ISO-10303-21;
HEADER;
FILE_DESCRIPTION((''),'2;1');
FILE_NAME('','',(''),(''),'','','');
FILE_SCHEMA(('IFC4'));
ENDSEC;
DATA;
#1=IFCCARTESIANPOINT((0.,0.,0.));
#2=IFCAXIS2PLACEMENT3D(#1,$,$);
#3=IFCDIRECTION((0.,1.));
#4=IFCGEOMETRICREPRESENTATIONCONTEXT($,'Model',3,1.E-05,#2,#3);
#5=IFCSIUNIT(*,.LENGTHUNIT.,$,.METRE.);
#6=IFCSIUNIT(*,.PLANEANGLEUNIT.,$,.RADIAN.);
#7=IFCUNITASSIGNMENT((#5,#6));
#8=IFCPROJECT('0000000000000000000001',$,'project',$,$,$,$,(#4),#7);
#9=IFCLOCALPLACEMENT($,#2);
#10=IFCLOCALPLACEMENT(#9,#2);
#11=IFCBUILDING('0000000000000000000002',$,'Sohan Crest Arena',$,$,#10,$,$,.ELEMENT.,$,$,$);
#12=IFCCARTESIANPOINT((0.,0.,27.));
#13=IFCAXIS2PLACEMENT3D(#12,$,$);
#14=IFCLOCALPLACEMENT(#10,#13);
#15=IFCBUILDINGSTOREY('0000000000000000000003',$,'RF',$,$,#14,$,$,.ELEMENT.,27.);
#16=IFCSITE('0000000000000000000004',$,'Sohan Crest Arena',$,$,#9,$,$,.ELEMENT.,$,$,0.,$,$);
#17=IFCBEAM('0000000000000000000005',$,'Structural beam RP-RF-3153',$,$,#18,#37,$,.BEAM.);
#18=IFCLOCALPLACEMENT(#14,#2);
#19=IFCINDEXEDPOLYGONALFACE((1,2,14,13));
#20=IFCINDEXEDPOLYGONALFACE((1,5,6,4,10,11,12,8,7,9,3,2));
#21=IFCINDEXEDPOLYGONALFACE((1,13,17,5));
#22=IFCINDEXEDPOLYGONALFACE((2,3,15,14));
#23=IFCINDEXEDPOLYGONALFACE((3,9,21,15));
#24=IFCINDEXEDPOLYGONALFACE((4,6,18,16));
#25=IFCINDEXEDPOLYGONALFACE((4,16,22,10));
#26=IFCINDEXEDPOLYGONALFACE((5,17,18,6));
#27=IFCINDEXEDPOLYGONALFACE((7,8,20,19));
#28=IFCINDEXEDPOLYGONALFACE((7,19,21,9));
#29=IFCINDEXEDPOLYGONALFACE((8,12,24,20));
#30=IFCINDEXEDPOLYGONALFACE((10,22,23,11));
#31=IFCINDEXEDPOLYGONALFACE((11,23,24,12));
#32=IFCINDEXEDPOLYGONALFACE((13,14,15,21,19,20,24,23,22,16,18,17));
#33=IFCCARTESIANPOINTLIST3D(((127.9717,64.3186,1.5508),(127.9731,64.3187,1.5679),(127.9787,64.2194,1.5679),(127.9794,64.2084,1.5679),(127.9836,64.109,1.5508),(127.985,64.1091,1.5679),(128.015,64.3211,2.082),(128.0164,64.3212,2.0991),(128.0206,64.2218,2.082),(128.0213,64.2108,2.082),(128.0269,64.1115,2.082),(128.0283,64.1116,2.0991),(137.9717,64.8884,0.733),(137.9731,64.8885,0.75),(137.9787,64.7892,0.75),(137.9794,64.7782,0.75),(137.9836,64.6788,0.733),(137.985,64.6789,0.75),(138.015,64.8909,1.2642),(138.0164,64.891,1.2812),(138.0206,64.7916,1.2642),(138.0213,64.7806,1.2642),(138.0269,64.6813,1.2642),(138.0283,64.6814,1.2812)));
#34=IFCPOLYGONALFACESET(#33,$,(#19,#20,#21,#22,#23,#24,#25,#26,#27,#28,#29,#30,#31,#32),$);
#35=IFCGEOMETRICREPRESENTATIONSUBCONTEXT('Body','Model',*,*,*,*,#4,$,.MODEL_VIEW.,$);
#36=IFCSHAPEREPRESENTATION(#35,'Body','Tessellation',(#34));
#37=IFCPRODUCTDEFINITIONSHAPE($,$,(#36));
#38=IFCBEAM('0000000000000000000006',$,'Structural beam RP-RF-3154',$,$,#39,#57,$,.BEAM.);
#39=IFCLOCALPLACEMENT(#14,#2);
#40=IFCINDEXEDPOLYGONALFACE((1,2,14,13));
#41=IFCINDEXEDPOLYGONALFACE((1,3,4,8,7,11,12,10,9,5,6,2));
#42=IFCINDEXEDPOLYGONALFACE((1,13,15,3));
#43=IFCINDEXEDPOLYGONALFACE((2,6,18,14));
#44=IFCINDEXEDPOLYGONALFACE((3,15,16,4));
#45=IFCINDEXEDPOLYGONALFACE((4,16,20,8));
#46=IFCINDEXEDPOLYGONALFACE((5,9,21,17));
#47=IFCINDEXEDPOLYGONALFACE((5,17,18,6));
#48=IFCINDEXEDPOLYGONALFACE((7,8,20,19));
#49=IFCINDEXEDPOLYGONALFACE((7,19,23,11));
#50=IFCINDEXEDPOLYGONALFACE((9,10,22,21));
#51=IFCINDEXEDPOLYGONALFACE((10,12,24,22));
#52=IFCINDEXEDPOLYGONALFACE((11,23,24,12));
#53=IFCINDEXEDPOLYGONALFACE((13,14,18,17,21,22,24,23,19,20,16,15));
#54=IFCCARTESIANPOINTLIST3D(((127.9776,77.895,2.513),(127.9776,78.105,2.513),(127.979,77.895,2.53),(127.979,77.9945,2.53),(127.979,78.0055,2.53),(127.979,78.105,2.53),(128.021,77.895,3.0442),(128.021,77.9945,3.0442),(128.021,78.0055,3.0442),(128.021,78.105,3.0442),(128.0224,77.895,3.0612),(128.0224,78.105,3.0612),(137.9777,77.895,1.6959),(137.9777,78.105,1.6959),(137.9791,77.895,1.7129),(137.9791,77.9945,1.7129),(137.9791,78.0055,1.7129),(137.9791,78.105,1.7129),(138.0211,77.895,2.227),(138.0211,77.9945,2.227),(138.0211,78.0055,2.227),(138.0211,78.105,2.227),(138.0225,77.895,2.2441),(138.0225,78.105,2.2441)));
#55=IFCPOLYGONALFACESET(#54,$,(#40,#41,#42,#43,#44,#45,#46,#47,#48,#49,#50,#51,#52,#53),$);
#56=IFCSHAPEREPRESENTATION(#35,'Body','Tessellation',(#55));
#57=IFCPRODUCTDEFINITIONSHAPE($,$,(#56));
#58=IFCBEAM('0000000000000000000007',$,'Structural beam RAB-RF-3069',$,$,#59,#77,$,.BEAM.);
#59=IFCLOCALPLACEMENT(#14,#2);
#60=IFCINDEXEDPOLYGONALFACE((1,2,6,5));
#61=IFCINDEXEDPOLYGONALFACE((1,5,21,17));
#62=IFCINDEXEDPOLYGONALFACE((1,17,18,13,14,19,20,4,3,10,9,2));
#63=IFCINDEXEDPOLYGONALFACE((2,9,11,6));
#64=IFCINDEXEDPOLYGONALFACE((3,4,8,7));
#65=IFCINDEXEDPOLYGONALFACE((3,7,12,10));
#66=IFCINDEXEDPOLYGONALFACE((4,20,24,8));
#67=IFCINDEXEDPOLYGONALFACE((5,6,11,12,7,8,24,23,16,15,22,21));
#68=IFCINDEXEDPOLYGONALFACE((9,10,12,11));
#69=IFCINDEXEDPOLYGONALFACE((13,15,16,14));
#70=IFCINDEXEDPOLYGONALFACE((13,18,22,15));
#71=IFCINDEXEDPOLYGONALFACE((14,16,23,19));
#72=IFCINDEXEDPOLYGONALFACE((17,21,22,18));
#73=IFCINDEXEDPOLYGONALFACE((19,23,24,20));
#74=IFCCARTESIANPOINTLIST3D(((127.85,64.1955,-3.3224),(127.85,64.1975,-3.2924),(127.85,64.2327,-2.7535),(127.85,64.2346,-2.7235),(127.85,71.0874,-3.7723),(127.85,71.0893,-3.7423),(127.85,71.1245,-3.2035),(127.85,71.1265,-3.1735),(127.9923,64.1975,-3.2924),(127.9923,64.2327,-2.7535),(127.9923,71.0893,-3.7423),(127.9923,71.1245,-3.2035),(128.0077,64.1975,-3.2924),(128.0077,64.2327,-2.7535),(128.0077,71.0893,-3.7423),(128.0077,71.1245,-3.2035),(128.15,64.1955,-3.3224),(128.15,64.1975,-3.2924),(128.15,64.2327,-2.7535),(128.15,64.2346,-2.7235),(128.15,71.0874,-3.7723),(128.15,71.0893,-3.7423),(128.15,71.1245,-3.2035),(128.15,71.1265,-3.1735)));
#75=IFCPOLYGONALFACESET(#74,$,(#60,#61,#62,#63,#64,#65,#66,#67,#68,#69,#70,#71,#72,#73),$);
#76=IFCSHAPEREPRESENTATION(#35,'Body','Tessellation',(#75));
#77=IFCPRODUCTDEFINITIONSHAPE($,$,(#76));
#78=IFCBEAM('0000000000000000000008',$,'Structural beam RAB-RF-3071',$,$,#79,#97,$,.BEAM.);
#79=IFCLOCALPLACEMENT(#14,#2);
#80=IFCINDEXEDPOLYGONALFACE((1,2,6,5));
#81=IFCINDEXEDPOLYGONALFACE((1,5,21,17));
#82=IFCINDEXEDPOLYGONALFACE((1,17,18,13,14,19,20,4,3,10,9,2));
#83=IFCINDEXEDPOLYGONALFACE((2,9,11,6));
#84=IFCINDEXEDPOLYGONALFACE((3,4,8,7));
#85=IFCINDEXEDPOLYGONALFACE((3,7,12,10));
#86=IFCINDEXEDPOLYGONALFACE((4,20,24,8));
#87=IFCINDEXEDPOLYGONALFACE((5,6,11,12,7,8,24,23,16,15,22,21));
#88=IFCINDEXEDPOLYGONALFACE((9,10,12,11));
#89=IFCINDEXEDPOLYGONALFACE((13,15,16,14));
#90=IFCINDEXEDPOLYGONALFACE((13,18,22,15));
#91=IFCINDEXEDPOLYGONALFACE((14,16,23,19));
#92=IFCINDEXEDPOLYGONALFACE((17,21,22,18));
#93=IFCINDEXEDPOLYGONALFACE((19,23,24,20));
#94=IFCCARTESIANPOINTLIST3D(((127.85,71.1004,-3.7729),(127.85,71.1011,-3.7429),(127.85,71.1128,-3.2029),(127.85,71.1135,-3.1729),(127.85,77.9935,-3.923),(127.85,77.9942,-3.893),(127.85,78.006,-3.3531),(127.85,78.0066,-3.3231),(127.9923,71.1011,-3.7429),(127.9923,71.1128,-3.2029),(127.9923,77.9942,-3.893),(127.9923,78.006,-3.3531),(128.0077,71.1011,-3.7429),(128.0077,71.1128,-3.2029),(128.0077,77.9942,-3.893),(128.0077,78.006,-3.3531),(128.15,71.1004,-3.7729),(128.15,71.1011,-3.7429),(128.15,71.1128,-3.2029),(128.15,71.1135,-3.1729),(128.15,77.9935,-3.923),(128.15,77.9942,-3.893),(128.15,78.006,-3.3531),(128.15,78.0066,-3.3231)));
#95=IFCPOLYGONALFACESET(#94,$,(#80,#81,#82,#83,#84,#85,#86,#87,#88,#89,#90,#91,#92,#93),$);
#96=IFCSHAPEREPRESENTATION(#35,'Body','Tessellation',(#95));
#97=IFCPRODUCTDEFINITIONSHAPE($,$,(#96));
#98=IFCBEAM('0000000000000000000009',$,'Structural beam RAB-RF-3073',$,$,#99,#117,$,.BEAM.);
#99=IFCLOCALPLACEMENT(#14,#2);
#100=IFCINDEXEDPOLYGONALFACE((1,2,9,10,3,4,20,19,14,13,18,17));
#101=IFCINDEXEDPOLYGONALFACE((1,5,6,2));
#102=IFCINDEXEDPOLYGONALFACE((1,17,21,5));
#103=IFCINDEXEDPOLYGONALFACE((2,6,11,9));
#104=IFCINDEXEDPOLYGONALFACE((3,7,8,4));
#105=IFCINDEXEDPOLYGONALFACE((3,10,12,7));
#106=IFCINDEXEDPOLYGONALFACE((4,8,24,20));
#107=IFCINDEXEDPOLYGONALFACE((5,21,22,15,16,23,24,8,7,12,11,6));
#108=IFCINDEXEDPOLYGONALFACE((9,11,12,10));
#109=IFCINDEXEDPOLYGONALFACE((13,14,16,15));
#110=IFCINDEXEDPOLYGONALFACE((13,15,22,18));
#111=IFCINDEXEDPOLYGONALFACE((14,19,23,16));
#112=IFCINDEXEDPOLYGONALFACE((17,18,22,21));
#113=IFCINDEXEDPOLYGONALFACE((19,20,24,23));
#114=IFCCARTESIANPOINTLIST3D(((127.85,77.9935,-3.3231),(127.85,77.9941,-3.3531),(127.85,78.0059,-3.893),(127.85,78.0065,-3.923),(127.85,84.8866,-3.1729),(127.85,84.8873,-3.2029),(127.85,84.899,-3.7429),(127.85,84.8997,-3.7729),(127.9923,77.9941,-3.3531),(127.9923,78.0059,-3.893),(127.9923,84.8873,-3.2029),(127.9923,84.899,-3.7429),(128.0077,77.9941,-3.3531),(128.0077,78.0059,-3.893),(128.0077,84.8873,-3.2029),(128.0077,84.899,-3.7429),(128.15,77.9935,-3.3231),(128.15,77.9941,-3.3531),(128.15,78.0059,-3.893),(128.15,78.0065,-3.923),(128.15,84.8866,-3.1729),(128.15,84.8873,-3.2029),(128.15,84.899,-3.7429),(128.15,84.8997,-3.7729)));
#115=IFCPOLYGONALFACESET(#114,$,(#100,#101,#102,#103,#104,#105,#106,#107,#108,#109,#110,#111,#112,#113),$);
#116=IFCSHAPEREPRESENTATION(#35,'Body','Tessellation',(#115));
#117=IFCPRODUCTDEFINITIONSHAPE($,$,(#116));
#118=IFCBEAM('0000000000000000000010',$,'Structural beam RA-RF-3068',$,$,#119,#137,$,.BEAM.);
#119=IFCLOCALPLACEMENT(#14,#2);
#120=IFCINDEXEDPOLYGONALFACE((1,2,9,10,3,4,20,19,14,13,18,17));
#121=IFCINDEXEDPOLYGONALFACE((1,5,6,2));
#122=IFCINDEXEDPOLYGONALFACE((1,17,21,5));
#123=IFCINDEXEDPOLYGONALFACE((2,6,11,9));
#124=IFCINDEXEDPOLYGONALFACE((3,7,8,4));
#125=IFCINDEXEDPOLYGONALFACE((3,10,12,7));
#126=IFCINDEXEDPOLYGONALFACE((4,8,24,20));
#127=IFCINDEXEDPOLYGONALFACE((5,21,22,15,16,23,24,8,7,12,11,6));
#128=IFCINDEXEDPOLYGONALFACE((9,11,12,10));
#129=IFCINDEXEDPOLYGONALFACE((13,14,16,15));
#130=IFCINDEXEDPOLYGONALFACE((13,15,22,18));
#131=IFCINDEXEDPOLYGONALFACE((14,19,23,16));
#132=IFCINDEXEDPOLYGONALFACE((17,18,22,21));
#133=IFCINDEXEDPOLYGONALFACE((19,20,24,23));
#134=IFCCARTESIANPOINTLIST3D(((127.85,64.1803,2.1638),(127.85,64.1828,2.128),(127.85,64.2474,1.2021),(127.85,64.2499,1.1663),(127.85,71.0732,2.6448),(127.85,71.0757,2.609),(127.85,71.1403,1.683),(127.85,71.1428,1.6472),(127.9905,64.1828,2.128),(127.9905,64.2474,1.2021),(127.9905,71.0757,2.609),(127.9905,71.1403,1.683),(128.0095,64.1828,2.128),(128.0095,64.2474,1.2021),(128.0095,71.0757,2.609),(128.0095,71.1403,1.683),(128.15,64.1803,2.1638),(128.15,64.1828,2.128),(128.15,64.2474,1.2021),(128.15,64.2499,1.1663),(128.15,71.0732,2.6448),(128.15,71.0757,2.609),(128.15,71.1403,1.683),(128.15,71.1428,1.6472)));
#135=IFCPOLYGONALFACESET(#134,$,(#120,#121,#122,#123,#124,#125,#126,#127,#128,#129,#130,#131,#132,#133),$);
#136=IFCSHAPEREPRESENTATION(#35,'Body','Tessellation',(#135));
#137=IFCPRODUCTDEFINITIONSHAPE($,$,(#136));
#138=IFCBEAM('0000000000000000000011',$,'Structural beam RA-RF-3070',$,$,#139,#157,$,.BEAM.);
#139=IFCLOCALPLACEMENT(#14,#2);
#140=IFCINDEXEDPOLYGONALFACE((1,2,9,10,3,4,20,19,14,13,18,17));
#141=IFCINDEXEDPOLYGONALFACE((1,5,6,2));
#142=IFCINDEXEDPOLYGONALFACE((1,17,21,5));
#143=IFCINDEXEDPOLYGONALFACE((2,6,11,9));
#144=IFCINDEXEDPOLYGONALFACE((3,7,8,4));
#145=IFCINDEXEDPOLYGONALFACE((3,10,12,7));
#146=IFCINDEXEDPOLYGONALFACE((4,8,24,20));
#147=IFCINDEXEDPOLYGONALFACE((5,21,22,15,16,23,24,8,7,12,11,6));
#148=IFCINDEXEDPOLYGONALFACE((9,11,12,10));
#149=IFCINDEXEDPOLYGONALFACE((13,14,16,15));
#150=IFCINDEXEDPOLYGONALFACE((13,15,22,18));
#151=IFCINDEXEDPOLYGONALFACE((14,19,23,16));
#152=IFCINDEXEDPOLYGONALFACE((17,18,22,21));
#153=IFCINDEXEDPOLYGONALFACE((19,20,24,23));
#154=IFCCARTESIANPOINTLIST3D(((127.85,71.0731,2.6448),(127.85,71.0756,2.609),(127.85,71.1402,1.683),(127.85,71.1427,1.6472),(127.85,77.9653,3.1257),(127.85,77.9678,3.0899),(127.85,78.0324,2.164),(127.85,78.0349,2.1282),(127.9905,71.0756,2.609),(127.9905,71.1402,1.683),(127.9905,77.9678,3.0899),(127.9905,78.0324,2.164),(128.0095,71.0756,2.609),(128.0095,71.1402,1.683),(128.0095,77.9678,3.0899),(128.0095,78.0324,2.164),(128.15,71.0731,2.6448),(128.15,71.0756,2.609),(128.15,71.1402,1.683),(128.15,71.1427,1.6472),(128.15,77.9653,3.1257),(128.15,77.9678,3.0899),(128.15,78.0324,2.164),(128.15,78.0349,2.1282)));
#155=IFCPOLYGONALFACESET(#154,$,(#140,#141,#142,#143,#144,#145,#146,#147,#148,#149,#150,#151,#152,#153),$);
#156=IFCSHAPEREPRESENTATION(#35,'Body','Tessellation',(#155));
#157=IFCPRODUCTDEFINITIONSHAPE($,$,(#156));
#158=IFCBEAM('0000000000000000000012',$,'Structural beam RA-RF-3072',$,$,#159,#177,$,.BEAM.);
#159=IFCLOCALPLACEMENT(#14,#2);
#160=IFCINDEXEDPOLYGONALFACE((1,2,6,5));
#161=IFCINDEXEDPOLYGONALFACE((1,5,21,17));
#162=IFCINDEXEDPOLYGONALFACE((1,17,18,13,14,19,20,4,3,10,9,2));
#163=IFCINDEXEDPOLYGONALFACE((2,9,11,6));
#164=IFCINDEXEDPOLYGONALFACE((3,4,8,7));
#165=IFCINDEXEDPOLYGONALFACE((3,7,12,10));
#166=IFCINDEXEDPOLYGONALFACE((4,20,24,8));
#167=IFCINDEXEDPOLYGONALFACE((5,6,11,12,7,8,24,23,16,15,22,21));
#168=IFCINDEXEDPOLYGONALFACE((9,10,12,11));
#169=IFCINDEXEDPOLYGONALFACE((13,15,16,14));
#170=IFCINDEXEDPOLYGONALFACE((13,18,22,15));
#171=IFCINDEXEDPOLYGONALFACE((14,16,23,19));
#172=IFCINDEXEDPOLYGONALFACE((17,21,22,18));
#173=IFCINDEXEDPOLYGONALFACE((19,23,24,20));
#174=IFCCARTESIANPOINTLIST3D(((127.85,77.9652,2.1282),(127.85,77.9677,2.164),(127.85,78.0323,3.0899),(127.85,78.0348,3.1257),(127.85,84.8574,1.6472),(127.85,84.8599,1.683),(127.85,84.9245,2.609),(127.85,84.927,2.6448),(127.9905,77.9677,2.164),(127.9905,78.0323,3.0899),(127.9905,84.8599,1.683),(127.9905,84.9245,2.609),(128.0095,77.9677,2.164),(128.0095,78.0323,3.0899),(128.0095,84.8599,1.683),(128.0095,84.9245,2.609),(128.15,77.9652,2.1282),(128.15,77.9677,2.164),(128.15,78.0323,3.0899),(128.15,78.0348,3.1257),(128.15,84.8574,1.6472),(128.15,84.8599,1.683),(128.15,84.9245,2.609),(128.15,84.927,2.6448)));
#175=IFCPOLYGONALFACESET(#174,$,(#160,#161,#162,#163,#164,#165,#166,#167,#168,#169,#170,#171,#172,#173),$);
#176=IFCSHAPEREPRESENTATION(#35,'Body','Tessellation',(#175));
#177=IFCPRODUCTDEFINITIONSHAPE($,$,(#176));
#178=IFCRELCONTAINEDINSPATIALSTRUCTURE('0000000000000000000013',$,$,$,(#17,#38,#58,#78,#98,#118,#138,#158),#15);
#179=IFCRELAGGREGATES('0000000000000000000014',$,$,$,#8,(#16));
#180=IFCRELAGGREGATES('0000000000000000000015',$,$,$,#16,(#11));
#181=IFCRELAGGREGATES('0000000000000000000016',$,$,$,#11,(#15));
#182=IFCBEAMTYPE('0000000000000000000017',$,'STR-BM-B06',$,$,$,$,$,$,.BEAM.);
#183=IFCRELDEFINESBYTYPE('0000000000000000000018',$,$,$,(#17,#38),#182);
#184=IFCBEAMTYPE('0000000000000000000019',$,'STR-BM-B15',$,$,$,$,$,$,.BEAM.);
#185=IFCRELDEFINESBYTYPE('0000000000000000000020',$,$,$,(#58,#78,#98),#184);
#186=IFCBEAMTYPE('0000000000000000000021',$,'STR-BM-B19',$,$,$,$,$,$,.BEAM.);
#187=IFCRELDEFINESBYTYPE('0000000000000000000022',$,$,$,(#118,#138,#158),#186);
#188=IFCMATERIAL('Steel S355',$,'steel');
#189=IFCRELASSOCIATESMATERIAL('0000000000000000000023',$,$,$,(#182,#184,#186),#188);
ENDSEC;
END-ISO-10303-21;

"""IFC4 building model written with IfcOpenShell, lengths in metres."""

from ifc_helpers import new_model, si_unit, direction, frame, origin, origin_2d, place, context, subcontext, project, spatial, i_section, extrude, material, material_profile, profile_set, type_object, element, save


model = new_model("IFC4")

# Units and contexts
model_context = context("Model", 3, precision=1e-05, world=origin(), true_north=direction((0.0, 1.0)))
body_context = subcontext(model_context, "Body", "Model", "MODEL_VIEW")
ifc_project = project(units=[si_unit("LENGTHUNIT", "METRE"), si_unit("PLANEANGLEUNIT", "RADIAN")], contexts=[model_context])

# Site, building, storey
site_placement = place(None, origin())
site = spatial("IfcSite", under=ifc_project, at=site_placement, Name="Sohan Crest Arena", CompositionType="ELEMENT", RefElevation=0.0)
building_placement = place(site_placement, origin())
building = spatial("IfcBuilding", under=site, at=building_placement, Name="Sohan Crest Arena", CompositionType="ELEMENT")
storey_placement = place(building_placement, frame((0.0, 0.0, 27.0)))
storey = spatial("IfcBuildingStorey", under=building, at=storey_placement, Name="RF", CompositionType="ELEMENT", Elevation=27.0)

# Beams
ifc_material_1 = material(Name="Steel S355", Category="steel")
ifc_material_profile_1 = material_profile(ifc_material_1, i_section(OverallWidth=0.21, OverallDepth=0.55, WebThickness=0.011, FlangeThickness=0.0171, at=origin_2d()), Name="IPE 550")
ifc_profile_set_1 = profile_set([ifc_material_profile_1], Name="Steel S355")
beam_type_1 = type_object("IfcBeamType", Name="STR-BM-B06", PredefinedType="BEAM", material=ifc_profile_set_1)
beam_1_placement = place(storey_placement, frame((128.0, 64.2151, 1.825), z_axis=(0.995069, 0.056701, -0.081384), x_axis=(-0.05689, 0.99838, 0.0)))
element("IfcBeam", 1, at=beam_1_placement, inside=storey, type_object=beam_type_1, Name="Structural beam RP-RF-3153", PredefinedType="BEAM", context=body_context, shape_type="SweptSolid", body=[
    extrude(i_section(OverallWidth=0.21, OverallDepth=0.55, WebThickness=0.011, FlangeThickness=0.0171, at=origin_2d()), origin(), (0.0, 0.0, 1.0), 10.0496),
])
beam_2_placement = place(storey_placement, frame((128.0, 78.0, 2.7871), z_axis=(0.996678, 0.0, -0.081442), x_axis=(0.0, 1.0, 0.0)))
element("IfcBeam", 2, at=beam_2_placement, inside=storey, type_object=beam_type_1, Name="Structural beam RP-RF-3154", PredefinedType="BEAM", context=body_context, shape_type="SweptSolid", body=[
    extrude(i_section(OverallWidth=0.21, OverallDepth=0.55, WebThickness=0.011, FlangeThickness=0.0171, at=origin_2d()), origin(), (0.0, 0.0, 1.0), 10.0334),
])
ifc_material_profile_2 = material_profile(ifc_material_1, i_section(OverallWidth=0.3, OverallDepth=0.6001, WebThickness=0.0154, FlangeThickness=0.03, at=origin_2d()), Name="HEB 600")
ifc_profile_set_2 = profile_set([ifc_material_profile_2], Name="Steel S355")
beam_type_2 = type_object("IfcBeamType", Name="STR-BM-B15", PredefinedType="BEAM", material=ifc_profile_set_2)
beam_3_placement = place(storey_placement, frame((128.0, 64.2151, -3.0229), z_axis=(0.0, 0.997876, -0.065149), x_axis=(-1.0, 0.0, 0.0)))
element("IfcBeam", 3, at=beam_3_placement, inside=storey, type_object=beam_type_2, Name="Structural beam RAB-RF-3069", PredefinedType="BEAM", context=body_context, shape_type="SweptSolid", body=[
    extrude(i_section(OverallWidth=0.3, OverallDepth=0.6001, WebThickness=0.0154, FlangeThickness=0.03, at=origin_2d()), origin(), (0.0, 0.0, 1.0), 6.9065),
])
for number, where, z_axis, x_axis, name in (
    (4, (128.0, 71.1069, -3.4729), (0.0, 0.999763, -0.021777), (-1.0, 0.0, 0.0), "Structural beam RAB-RF-3071"),
    (5, (128.0, 78.0, -3.623), (0.0, 0.999763, 0.021777), (-1.0, 0.0, 0.0), "Structural beam RAB-RF-3073"),
):
    element("IfcBeam", number, at=place(storey_placement, frame(where, z_axis=z_axis, x_axis=x_axis)), inside=storey, type_object=beam_type_2, Name=name, PredefinedType="BEAM", context=body_context, shape_type="SweptSolid", body=[
        extrude(i_section(OverallWidth=0.3, OverallDepth=0.6001, WebThickness=0.0154, FlangeThickness=0.03, at=origin_2d()), origin(), (0.0, 0.0, 1.0), 6.8948),
    ])
ifc_material_profile_3 = material_profile(ifc_material_1, i_section(OverallWidth=0.3, OverallDepth=1.0, WebThickness=0.019, FlangeThickness=0.0359, at=origin_2d()), Name="HEB 1000")
ifc_profile_set_3 = profile_set([ifc_material_profile_3], Name="Steel S355")
beam_type_3 = type_object("IfcBeamType", Name="STR-BM-B19", PredefinedType="BEAM", material=ifc_profile_set_3)
beam_4_placement = place(storey_placement, frame((128.0, 64.2151, 1.665), z_axis=(0.0, 0.997574, 0.069607), x_axis=(-1.0, 0.0, 0.0)))
element("IfcBeam", 6, at=beam_4_placement, inside=storey, type_object=beam_type_3, Name="Structural beam RA-RF-3068", PredefinedType="BEAM", context=body_context, shape_type="SweptSolid", body=[
    extrude(i_section(OverallWidth=0.3, OverallDepth=1.0, WebThickness=0.019, FlangeThickness=0.0359, at=origin_2d()), origin(), (0.0, 0.0, 1.0), 6.9097),
])
for number, where, z_axis, x_axis, name in (
    (7, (128.0, 71.1079, 2.146), (0.0, 0.997574, 0.069615), (-1.0, 0.0, 0.0), "Structural beam RA-RF-3070"),
    (8, (128.0, 78.0, 2.627), (0.0, 0.997574, -0.069615), (-1.0, 0.0, 0.0), "Structural beam RA-RF-3072"),
):
    element("IfcBeam", number, at=place(storey_placement, frame(where, z_axis=z_axis, x_axis=x_axis)), inside=storey, type_object=beam_type_3, Name=name, PredefinedType="BEAM", context=body_context, shape_type="SweptSolid", body=[
        extrude(i_section(OverallWidth=0.3, OverallDepth=1.0, WebThickness=0.019, FlangeThickness=0.0359, at=origin_2d()), origin(), (0.0, 0.0, 1.0), 6.9089),
    ])

save(model, "model.ifc")
